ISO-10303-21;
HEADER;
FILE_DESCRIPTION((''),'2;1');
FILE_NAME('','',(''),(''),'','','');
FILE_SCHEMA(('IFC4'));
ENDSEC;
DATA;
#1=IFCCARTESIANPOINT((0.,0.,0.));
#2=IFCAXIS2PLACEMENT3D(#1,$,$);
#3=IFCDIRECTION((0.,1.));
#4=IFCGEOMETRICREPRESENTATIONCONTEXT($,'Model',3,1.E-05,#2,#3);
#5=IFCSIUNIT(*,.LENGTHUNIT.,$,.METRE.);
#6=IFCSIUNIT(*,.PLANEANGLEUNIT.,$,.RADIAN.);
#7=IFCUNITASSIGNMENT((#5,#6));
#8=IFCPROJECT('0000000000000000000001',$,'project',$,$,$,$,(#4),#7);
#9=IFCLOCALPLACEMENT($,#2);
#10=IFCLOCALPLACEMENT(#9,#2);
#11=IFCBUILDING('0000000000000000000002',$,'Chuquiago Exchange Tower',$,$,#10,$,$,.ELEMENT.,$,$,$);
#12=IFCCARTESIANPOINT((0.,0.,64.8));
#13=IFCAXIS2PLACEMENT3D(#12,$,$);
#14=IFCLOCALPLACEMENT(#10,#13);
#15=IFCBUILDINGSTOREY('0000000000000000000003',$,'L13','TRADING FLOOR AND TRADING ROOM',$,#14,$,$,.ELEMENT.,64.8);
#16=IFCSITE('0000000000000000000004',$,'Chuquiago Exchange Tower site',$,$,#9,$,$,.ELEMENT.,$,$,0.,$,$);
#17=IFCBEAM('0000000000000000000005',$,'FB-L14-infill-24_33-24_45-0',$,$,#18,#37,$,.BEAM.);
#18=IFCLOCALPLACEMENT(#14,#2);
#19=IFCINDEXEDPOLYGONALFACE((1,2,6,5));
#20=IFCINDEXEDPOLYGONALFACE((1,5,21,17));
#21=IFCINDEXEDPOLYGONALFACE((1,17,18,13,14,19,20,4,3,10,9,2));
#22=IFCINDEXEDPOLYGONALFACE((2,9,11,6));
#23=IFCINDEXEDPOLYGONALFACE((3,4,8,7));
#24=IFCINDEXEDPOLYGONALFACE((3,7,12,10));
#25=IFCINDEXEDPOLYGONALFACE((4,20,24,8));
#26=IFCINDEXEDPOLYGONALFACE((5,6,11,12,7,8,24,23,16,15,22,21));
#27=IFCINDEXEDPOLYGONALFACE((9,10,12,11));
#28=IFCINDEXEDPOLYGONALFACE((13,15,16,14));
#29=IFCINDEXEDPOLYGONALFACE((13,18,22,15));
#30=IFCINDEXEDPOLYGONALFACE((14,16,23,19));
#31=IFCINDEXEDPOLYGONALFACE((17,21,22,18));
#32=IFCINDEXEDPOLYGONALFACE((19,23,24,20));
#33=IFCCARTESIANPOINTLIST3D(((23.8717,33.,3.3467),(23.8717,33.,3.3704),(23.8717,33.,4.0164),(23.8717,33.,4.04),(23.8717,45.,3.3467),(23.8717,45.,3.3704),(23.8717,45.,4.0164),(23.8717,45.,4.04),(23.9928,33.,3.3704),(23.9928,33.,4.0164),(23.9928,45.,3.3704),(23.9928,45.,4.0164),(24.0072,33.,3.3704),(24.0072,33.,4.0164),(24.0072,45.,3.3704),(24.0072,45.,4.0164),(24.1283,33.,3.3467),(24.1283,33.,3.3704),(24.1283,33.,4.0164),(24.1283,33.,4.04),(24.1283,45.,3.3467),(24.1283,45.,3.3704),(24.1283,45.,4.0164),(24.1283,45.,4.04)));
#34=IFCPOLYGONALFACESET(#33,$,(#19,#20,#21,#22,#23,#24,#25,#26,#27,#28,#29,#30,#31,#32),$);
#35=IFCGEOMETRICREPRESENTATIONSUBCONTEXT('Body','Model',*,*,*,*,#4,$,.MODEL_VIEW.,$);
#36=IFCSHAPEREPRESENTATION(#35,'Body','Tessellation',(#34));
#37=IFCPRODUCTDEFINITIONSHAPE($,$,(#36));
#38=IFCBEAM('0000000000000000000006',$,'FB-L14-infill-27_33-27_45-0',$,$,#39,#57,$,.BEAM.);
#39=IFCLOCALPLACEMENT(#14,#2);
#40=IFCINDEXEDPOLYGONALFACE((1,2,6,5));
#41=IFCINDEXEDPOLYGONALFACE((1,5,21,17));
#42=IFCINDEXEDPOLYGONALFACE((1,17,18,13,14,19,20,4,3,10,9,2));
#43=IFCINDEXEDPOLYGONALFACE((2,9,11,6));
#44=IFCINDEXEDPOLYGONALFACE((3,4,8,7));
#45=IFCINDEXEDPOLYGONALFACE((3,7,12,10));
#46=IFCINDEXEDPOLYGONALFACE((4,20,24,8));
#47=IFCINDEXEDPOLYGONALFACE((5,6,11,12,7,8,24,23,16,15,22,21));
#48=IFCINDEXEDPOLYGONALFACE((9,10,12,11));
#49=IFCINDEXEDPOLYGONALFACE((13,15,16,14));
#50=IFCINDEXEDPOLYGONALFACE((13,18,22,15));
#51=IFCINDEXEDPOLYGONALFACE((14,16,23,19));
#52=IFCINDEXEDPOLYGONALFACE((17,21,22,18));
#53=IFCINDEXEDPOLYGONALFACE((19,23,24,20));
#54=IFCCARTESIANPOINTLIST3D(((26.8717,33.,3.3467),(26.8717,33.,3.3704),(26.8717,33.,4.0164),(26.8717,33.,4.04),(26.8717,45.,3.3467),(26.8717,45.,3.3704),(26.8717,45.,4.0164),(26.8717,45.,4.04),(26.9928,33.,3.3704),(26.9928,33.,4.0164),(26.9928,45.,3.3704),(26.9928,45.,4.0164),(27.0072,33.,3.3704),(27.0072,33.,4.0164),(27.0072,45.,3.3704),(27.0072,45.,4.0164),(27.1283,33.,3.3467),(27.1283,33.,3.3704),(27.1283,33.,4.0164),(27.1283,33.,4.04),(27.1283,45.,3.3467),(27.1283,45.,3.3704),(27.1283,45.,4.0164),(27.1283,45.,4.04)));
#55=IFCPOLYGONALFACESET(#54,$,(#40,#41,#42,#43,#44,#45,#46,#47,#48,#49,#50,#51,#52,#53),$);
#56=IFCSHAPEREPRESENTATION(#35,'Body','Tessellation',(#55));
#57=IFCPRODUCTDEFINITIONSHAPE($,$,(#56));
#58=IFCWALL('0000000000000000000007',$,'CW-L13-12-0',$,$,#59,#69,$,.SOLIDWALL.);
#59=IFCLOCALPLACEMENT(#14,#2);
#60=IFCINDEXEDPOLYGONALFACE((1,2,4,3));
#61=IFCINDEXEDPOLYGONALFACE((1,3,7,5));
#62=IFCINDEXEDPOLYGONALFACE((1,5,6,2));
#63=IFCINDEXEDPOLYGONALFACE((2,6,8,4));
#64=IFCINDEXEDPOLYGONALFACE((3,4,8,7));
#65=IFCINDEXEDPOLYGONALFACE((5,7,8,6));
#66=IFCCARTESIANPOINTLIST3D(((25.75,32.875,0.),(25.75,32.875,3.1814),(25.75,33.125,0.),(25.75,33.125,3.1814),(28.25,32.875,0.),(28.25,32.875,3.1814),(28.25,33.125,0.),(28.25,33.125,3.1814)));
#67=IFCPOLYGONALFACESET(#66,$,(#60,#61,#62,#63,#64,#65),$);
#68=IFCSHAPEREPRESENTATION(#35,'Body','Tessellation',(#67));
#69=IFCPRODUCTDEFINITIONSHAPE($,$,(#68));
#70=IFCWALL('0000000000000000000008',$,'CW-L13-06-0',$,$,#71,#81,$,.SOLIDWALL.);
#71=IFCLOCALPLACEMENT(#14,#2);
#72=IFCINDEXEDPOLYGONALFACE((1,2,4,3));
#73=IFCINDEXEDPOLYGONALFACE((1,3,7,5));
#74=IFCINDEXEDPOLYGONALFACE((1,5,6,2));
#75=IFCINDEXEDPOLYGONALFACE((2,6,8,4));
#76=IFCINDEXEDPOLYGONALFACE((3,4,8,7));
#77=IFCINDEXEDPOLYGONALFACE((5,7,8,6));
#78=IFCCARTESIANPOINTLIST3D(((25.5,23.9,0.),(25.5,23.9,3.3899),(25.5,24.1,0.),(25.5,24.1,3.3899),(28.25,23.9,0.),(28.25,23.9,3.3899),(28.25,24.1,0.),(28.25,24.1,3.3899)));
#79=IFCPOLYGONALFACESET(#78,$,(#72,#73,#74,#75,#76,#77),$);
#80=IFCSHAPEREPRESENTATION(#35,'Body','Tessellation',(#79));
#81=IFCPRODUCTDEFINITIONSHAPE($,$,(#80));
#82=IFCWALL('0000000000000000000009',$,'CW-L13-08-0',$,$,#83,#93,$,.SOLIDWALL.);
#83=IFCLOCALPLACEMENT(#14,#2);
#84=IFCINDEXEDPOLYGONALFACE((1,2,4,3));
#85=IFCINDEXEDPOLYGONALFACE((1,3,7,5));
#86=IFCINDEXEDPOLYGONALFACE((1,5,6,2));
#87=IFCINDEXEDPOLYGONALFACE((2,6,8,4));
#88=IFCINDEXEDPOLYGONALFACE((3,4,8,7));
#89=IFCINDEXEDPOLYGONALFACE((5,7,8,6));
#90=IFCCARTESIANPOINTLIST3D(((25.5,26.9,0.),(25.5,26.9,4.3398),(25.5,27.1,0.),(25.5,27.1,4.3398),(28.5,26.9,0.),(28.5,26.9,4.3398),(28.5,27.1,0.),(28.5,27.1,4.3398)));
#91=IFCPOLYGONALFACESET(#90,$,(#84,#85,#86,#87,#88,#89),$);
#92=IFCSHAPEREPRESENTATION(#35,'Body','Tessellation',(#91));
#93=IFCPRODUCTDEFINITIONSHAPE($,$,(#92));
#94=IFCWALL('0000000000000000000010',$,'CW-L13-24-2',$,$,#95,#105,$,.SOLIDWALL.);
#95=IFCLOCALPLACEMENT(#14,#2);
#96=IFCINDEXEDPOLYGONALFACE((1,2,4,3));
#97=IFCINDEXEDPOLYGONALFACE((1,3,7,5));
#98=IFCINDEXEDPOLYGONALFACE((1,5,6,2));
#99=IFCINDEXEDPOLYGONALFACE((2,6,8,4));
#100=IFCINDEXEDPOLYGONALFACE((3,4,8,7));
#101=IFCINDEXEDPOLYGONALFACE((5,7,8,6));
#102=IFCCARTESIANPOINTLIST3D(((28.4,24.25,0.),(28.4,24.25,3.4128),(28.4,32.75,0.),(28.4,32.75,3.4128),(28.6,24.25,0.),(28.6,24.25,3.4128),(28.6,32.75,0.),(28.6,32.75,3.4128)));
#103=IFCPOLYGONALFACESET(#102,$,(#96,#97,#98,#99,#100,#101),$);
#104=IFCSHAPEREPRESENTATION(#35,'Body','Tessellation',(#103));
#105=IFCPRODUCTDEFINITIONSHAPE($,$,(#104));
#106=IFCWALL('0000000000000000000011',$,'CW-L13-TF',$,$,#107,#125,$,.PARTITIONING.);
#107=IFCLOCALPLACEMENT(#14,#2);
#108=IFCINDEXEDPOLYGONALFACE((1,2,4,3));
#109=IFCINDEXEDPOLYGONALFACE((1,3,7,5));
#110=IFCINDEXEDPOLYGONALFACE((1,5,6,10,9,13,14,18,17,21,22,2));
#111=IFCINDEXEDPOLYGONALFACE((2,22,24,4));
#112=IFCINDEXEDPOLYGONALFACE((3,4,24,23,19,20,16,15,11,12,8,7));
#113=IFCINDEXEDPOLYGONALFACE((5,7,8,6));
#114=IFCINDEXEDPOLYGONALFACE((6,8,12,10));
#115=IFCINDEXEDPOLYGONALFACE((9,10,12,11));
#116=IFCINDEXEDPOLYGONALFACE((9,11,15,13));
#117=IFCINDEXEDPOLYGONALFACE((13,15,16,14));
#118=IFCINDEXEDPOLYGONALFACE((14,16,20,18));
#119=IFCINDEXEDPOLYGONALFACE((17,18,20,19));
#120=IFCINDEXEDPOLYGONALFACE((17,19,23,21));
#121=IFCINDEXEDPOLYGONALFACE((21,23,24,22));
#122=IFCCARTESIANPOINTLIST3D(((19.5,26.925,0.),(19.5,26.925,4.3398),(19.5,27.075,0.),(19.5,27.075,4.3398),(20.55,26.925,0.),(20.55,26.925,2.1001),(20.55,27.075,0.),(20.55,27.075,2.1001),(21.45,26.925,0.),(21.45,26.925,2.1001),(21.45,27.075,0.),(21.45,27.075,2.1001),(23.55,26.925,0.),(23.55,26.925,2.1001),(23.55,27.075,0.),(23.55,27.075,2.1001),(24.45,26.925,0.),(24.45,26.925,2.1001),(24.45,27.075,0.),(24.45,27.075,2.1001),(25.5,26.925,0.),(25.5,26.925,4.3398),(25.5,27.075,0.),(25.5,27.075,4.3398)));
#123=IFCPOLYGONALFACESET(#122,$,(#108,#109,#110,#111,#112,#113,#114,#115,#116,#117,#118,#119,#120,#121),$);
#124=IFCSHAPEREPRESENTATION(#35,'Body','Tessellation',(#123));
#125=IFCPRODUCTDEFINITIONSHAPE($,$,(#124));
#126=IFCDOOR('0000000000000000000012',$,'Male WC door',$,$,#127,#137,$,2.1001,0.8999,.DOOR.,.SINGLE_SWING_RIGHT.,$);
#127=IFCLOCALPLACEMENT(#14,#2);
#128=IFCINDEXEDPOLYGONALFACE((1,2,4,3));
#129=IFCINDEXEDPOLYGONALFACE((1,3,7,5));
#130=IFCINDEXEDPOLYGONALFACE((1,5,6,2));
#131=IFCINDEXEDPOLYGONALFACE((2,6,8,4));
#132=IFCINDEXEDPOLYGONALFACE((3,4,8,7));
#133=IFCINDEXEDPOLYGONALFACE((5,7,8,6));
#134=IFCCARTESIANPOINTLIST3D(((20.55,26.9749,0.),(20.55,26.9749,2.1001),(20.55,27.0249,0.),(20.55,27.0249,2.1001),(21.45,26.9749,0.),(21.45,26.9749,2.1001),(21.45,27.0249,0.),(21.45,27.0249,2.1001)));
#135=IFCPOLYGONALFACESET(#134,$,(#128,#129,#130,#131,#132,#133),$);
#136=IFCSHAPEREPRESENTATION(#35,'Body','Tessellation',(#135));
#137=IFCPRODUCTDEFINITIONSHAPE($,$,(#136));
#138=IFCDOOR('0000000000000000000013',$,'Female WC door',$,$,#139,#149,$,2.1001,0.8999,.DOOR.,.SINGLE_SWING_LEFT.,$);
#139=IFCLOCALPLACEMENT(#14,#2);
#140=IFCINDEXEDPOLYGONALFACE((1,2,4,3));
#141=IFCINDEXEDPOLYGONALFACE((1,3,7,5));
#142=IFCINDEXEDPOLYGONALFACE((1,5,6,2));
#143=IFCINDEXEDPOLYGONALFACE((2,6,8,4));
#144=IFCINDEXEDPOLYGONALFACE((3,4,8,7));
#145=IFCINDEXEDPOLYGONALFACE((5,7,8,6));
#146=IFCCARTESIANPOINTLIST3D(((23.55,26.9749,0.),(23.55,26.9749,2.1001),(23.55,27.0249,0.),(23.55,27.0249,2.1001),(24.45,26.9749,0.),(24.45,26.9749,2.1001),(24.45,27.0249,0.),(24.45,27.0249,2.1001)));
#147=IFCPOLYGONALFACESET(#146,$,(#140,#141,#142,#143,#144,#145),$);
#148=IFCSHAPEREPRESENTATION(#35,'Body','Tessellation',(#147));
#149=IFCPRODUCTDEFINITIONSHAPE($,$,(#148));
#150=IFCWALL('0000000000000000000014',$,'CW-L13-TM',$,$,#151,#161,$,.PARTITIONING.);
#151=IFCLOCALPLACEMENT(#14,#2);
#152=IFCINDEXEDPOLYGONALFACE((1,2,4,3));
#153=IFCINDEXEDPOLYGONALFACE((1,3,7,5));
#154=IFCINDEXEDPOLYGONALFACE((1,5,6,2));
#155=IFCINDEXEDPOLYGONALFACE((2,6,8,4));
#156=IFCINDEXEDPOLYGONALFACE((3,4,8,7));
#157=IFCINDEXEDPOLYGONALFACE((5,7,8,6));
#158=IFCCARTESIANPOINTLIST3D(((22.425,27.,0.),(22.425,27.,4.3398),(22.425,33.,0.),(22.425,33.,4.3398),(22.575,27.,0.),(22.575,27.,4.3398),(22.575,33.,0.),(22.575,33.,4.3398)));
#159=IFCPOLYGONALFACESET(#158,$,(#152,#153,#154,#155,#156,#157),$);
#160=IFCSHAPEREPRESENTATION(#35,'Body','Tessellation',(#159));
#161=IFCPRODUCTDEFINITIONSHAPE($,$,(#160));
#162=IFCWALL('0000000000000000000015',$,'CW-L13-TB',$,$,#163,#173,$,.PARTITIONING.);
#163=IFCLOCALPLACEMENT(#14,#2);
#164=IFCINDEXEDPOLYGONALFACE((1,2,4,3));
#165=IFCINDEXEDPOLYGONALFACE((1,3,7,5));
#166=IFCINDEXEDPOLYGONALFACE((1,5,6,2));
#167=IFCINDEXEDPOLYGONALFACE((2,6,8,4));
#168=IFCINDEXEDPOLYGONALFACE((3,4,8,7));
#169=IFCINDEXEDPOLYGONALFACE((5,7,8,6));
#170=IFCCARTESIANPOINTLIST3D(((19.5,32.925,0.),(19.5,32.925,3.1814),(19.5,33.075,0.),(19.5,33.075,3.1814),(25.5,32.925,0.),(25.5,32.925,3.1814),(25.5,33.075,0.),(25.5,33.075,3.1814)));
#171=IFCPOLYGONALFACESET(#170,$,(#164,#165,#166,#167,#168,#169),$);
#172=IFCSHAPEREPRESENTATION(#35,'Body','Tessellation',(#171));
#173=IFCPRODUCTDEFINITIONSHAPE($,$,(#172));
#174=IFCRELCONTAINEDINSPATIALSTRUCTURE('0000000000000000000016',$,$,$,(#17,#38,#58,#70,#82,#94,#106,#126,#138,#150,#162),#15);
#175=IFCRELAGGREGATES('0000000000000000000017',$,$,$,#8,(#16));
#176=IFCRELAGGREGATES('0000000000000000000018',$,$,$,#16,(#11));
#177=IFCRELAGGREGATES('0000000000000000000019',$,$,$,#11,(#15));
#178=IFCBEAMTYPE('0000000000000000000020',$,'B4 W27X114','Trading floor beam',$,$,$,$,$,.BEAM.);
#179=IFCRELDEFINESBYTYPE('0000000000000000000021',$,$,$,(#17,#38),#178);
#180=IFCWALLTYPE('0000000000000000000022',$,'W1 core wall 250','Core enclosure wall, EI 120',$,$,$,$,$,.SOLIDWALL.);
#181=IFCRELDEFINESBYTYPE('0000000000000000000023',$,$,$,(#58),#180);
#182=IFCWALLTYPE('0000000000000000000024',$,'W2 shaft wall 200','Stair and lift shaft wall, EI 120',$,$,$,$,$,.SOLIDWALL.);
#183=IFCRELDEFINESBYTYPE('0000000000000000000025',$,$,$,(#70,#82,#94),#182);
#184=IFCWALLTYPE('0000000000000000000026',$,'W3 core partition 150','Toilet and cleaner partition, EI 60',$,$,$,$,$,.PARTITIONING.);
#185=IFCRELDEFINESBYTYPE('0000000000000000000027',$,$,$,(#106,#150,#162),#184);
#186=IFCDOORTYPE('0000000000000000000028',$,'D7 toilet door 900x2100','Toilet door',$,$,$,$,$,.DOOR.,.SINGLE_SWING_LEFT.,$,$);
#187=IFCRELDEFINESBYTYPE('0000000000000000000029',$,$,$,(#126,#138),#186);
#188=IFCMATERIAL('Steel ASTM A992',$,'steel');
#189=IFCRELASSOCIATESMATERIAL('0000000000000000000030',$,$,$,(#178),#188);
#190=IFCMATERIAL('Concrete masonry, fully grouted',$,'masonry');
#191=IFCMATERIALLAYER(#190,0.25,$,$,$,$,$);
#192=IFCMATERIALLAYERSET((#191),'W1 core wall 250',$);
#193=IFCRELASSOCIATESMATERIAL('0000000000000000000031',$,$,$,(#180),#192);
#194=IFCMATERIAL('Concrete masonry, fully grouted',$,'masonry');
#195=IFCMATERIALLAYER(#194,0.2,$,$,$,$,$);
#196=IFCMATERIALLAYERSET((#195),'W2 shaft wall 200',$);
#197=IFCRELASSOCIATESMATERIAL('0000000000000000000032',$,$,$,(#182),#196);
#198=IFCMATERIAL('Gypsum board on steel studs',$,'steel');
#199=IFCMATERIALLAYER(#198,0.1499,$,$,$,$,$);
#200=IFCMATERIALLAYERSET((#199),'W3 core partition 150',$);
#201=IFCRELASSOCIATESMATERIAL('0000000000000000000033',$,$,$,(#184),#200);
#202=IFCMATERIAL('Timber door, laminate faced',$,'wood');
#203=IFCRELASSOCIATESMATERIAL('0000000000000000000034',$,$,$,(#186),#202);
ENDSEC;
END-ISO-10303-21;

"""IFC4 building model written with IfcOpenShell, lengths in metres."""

from ifc_helpers import new_model, si_unit, direction, frame, frame_2d, origin, origin_2d, place, context, subcontext, project, spatial, rectangle, i_section, extrude, material, layer, layer_set, material_profile, profile_set, type_object, element, fill, save


model = new_model("IFC4")

# Units and contexts
model_context = context("Model", 3, precision=1e-05, world=origin(), true_north=direction((0.0, 1.0)))
body_context = subcontext(model_context, "Body", "Model", "MODEL_VIEW")
ifc_project = project(units=[si_unit("LENGTHUNIT", "METRE"), si_unit("PLANEANGLEUNIT", "RADIAN")], contexts=[model_context])

# Site, building, storey
site_placement = place(None, origin())
site = spatial("IfcSite", under=ifc_project, at=site_placement, Name="Chuquiago Exchange Tower site", CompositionType="ELEMENT", RefElevation=0.0)
building_placement = place(site_placement, origin())
building = spatial("IfcBuilding", under=site, at=building_placement, Name="Chuquiago Exchange Tower", CompositionType="ELEMENT")
storey_placement = place(building_placement, frame((0.0, 0.0, 64.8)))
storey = spatial("IfcBuildingStorey", under=building, at=storey_placement, Name="L13", Description="TRADING FLOOR AND TRADING ROOM", CompositionType="ELEMENT", Elevation=64.8)

# Beams
ifc_material_1 = material(Name="Steel ASTM A992", Category="steel")
ifc_material_profile_1 = material_profile(ifc_material_1, i_section(OverallWidth=0.2566, OverallDepth=0.6934, WebThickness=0.0144, FlangeThickness=0.0237, at=origin_2d()), Name="W27X114")
ifc_profile_set_1 = profile_set([ifc_material_profile_1], Name="Steel ASTM A992")
beam_type_1 = type_object("IfcBeamType", Name="B4 W27X114", Description="Trading floor beam", PredefinedType="BEAM", material=ifc_profile_set_1)
for number, where, z_axis, x_axis, name in (
    (1, (24.0, 33.0, 3.6934), (0.0, 1.0, 0.0), (-1.0, 0.0, 0.0), "FB-L14-infill-24_33-24_45-0"),
    (2, (27.0, 33.0, 3.6934), (0.0, 1.0, 0.0), (-1.0, 0.0, 0.0), "FB-L14-infill-27_33-27_45-0"),
):
    element("IfcBeam", number, at=place(storey_placement, frame(where, z_axis=z_axis, x_axis=x_axis)), inside=storey, type_object=beam_type_1, Name=name, PredefinedType="BEAM", context=body_context, shape_type="SweptSolid", body=[
        extrude(i_section(OverallWidth=0.2566, OverallDepth=0.6934, WebThickness=0.0144, FlangeThickness=0.0237, at=origin_2d()), origin(), (0.0, 0.0, 1.0), 12.0),
    ])

# Walls
ifc_material_2 = material(Name="Concrete masonry, fully grouted", Category="masonry")
ifc_layer_1 = layer(ifc_material_2, 0.25)
ifc_layer_set_1 = layer_set([ifc_layer_1], Name="W1 core wall 250")
wall_type_1 = type_object("IfcWallType", Name="W1 core wall 250", Description="Core enclosure wall, EI 120", PredefinedType="SOLIDWALL", material=ifc_layer_set_1)
wall_1_placement = place(storey_placement, frame((25.75, 33.0, 0.0), z_axis=(0.0, 0.0, 1.0), x_axis=(1.0, 0.0, 0.0)))
element("IfcWall", 3, at=wall_1_placement, inside=storey, type_object=wall_type_1, Name="CW-L13-12-0", PredefinedType="SOLIDWALL", context=body_context, shape_type="SweptSolid", body=[
    extrude(rectangle(XDim=2.5, YDim=0.25, at=frame_2d((1.25, 0.0))), origin(), (0.0, 0.0, 1.0), 3.1814),
])
ifc_material_3 = material(Name="Concrete masonry, fully grouted", Category="masonry")
ifc_layer_2 = layer(ifc_material_3, 0.2)
ifc_layer_set_2 = layer_set([ifc_layer_2], Name="W2 shaft wall 200")
wall_type_2 = type_object("IfcWallType", Name="W2 shaft wall 200", Description="Stair and lift shaft wall, EI 120", PredefinedType="SOLIDWALL", material=ifc_layer_set_2)
wall_2_placement = place(storey_placement, frame((25.5, 24.0, 0.0), z_axis=(0.0, 0.0, 1.0), x_axis=(1.0, 0.0, 0.0)))
element("IfcWall", 4, at=wall_2_placement, inside=storey, type_object=wall_type_2, Name="CW-L13-06-0", PredefinedType="SOLIDWALL", context=body_context, shape_type="SweptSolid", body=[
    extrude(rectangle(XDim=2.75, YDim=0.2, at=frame_2d((1.375, 0.0))), origin(), (0.0, 0.0, 1.0), 3.3899),
])
wall_3_placement = place(storey_placement, frame((25.5, 27.0, 0.0), z_axis=(0.0, 0.0, 1.0), x_axis=(1.0, 0.0, 0.0)))
element("IfcWall", 5, at=wall_3_placement, inside=storey, type_object=wall_type_2, Name="CW-L13-08-0", PredefinedType="SOLIDWALL", context=body_context, shape_type="SweptSolid", body=[
    extrude(rectangle(XDim=3.0, YDim=0.2, at=frame_2d((1.5, 0.0))), origin(), (0.0, 0.0, 1.0), 4.3398),
])
wall_4_placement = place(storey_placement, frame((28.5, 24.25, 0.0), z_axis=(0.0, 0.0, 1.0), x_axis=(0.0, 1.0, 0.0)))
element("IfcWall", 6, at=wall_4_placement, inside=storey, type_object=wall_type_2, Name="CW-L13-24-2", PredefinedType="SOLIDWALL", context=body_context, shape_type="SweptSolid", body=[
    extrude(rectangle(XDim=8.5, YDim=0.2, at=frame_2d((4.25, 0.0))), origin(), (0.0, 0.0, 1.0), 3.4128),
])

# Wall, openings, doors
ifc_material_4 = material(Name="Gypsum board on steel studs", Category="steel")
ifc_layer_3 = layer(ifc_material_4, 0.1499)
ifc_layer_set_3 = layer_set([ifc_layer_3], Name="W3 core partition 150")
wall_type_3 = type_object("IfcWallType", Name="W3 core partition 150", Description="Toilet and cleaner partition, EI 60", PredefinedType="PARTITIONING", material=ifc_layer_set_3)
wall_5_placement = place(storey_placement, frame((19.5, 27.0, 0.0), z_axis=(0.0, 0.0, 1.0), x_axis=(1.0, 0.0, 0.0)))
wall_5 = element("IfcWall", 7, at=wall_5_placement, inside=storey, type_object=wall_type_3, Name="CW-L13-TF", PredefinedType="PARTITIONING", context=body_context, shape_type="SweptSolid", body=[
    extrude(rectangle(XDim=6.0, YDim=0.1499, at=frame_2d((3.0, 0.0))), origin(), (0.0, 0.0, 1.0), 4.3398),
])
opening_1_placement = place(wall_5_placement, frame((1.05, 0.0, 0.0)))
opening_1 = element("IfcOpeningElement", 8, at=opening_1_placement, cuts=wall_5, PredefinedType="OPENING", context=body_context, shape_type="SweptSolid", body=[
    extrude(rectangle(XDim=0.8999, YDim=2.1001, at=frame_2d((0.45, 1.05))), frame((0.0, 0.085, 0.0), z_axis=(0.0, -1.0, 0.0), x_axis=(1.0, 0.0, 0.0)), (0.0, 0.0, 1.0), 0.1699),
])
opening_2_placement = place(wall_5_placement, frame((4.05, 0.0, 0.0)))
opening_2 = element("IfcOpeningElement", 9, at=opening_2_placement, cuts=wall_5, PredefinedType="OPENING", context=body_context, shape_type="SweptSolid", body=[
    extrude(rectangle(XDim=0.8999, YDim=2.1001, at=frame_2d((0.45, 1.05))), frame((0.0, 0.085, 0.0), z_axis=(0.0, -1.0, 0.0), x_axis=(1.0, 0.0, 0.0)), (0.0, 0.0, 1.0), 0.1699),
])
ifc_material_5 = material(Name="Timber door, laminate faced", Category="wood")
door_type = type_object("IfcDoorType", Name="D7 toilet door 900x2100", Description="Toilet door", OperationType="SINGLE_SWING_LEFT", PredefinedType="DOOR", material=ifc_material_5)
door_1_placement = place(opening_1_placement, origin())
door_1 = element("IfcDoor", 10, at=door_1_placement, inside=storey, type_object=door_type, Name="Male WC door", OperationType="SINGLE_SWING_RIGHT", OverallHeight=2.1001, OverallWidth=0.8999, PredefinedType="DOOR", context=body_context, shape_type="SweptSolid", body=[
    extrude(rectangle(XDim=0.8999, YDim=2.1001, at=frame_2d((0.45, 1.05))), frame((0.0, 0.0249, 0.0), z_axis=(0.0, -1.0, 0.0), x_axis=(1.0, 0.0, 0.0)), (0.0, 0.0, 1.0), 0.05),
])
fill(opening_1, door_1)
door_2_placement = place(opening_2_placement, origin())
door_2 = element("IfcDoor", 11, at=door_2_placement, inside=storey, type_object=door_type, Name="Female WC door", OperationType="SINGLE_SWING_LEFT", OverallHeight=2.1001, OverallWidth=0.8999, PredefinedType="DOOR", context=body_context, shape_type="SweptSolid", body=[
    extrude(rectangle(XDim=0.8999, YDim=2.1001, at=frame_2d((0.45, 1.05))), frame((0.0, 0.0249, 0.0), z_axis=(0.0, -1.0, 0.0), x_axis=(1.0, 0.0, 0.0)), (0.0, 0.0, 1.0), 0.05),
])
fill(opening_2, door_2)

# Walls
wall_6_placement = place(storey_placement, frame((22.5, 27.0, 0.0), z_axis=(0.0, 0.0, 1.0), x_axis=(0.0, 1.0, 0.0)))
element("IfcWall", 12, at=wall_6_placement, inside=storey, type_object=wall_type_3, Name="CW-L13-TM", PredefinedType="PARTITIONING", context=body_context, shape_type="SweptSolid", body=[
    extrude(rectangle(XDim=6.0, YDim=0.1499, at=frame_2d((3.0, 0.0))), origin(), (0.0, 0.0, 1.0), 4.3398),
])
wall_7_placement = place(storey_placement, frame((19.5, 33.0, 0.0), z_axis=(0.0, 0.0, 1.0), x_axis=(1.0, 0.0, 0.0)))
element("IfcWall", 13, at=wall_7_placement, inside=storey, type_object=wall_type_3, Name="CW-L13-TB", PredefinedType="PARTITIONING", context=body_context, shape_type="SweptSolid", body=[
    extrude(rectangle(XDim=6.0, YDim=0.1499, at=frame_2d((3.0, 0.0))), origin(), (0.0, 0.0, 1.0), 3.1814),
])

save(model, "model.ifc")
